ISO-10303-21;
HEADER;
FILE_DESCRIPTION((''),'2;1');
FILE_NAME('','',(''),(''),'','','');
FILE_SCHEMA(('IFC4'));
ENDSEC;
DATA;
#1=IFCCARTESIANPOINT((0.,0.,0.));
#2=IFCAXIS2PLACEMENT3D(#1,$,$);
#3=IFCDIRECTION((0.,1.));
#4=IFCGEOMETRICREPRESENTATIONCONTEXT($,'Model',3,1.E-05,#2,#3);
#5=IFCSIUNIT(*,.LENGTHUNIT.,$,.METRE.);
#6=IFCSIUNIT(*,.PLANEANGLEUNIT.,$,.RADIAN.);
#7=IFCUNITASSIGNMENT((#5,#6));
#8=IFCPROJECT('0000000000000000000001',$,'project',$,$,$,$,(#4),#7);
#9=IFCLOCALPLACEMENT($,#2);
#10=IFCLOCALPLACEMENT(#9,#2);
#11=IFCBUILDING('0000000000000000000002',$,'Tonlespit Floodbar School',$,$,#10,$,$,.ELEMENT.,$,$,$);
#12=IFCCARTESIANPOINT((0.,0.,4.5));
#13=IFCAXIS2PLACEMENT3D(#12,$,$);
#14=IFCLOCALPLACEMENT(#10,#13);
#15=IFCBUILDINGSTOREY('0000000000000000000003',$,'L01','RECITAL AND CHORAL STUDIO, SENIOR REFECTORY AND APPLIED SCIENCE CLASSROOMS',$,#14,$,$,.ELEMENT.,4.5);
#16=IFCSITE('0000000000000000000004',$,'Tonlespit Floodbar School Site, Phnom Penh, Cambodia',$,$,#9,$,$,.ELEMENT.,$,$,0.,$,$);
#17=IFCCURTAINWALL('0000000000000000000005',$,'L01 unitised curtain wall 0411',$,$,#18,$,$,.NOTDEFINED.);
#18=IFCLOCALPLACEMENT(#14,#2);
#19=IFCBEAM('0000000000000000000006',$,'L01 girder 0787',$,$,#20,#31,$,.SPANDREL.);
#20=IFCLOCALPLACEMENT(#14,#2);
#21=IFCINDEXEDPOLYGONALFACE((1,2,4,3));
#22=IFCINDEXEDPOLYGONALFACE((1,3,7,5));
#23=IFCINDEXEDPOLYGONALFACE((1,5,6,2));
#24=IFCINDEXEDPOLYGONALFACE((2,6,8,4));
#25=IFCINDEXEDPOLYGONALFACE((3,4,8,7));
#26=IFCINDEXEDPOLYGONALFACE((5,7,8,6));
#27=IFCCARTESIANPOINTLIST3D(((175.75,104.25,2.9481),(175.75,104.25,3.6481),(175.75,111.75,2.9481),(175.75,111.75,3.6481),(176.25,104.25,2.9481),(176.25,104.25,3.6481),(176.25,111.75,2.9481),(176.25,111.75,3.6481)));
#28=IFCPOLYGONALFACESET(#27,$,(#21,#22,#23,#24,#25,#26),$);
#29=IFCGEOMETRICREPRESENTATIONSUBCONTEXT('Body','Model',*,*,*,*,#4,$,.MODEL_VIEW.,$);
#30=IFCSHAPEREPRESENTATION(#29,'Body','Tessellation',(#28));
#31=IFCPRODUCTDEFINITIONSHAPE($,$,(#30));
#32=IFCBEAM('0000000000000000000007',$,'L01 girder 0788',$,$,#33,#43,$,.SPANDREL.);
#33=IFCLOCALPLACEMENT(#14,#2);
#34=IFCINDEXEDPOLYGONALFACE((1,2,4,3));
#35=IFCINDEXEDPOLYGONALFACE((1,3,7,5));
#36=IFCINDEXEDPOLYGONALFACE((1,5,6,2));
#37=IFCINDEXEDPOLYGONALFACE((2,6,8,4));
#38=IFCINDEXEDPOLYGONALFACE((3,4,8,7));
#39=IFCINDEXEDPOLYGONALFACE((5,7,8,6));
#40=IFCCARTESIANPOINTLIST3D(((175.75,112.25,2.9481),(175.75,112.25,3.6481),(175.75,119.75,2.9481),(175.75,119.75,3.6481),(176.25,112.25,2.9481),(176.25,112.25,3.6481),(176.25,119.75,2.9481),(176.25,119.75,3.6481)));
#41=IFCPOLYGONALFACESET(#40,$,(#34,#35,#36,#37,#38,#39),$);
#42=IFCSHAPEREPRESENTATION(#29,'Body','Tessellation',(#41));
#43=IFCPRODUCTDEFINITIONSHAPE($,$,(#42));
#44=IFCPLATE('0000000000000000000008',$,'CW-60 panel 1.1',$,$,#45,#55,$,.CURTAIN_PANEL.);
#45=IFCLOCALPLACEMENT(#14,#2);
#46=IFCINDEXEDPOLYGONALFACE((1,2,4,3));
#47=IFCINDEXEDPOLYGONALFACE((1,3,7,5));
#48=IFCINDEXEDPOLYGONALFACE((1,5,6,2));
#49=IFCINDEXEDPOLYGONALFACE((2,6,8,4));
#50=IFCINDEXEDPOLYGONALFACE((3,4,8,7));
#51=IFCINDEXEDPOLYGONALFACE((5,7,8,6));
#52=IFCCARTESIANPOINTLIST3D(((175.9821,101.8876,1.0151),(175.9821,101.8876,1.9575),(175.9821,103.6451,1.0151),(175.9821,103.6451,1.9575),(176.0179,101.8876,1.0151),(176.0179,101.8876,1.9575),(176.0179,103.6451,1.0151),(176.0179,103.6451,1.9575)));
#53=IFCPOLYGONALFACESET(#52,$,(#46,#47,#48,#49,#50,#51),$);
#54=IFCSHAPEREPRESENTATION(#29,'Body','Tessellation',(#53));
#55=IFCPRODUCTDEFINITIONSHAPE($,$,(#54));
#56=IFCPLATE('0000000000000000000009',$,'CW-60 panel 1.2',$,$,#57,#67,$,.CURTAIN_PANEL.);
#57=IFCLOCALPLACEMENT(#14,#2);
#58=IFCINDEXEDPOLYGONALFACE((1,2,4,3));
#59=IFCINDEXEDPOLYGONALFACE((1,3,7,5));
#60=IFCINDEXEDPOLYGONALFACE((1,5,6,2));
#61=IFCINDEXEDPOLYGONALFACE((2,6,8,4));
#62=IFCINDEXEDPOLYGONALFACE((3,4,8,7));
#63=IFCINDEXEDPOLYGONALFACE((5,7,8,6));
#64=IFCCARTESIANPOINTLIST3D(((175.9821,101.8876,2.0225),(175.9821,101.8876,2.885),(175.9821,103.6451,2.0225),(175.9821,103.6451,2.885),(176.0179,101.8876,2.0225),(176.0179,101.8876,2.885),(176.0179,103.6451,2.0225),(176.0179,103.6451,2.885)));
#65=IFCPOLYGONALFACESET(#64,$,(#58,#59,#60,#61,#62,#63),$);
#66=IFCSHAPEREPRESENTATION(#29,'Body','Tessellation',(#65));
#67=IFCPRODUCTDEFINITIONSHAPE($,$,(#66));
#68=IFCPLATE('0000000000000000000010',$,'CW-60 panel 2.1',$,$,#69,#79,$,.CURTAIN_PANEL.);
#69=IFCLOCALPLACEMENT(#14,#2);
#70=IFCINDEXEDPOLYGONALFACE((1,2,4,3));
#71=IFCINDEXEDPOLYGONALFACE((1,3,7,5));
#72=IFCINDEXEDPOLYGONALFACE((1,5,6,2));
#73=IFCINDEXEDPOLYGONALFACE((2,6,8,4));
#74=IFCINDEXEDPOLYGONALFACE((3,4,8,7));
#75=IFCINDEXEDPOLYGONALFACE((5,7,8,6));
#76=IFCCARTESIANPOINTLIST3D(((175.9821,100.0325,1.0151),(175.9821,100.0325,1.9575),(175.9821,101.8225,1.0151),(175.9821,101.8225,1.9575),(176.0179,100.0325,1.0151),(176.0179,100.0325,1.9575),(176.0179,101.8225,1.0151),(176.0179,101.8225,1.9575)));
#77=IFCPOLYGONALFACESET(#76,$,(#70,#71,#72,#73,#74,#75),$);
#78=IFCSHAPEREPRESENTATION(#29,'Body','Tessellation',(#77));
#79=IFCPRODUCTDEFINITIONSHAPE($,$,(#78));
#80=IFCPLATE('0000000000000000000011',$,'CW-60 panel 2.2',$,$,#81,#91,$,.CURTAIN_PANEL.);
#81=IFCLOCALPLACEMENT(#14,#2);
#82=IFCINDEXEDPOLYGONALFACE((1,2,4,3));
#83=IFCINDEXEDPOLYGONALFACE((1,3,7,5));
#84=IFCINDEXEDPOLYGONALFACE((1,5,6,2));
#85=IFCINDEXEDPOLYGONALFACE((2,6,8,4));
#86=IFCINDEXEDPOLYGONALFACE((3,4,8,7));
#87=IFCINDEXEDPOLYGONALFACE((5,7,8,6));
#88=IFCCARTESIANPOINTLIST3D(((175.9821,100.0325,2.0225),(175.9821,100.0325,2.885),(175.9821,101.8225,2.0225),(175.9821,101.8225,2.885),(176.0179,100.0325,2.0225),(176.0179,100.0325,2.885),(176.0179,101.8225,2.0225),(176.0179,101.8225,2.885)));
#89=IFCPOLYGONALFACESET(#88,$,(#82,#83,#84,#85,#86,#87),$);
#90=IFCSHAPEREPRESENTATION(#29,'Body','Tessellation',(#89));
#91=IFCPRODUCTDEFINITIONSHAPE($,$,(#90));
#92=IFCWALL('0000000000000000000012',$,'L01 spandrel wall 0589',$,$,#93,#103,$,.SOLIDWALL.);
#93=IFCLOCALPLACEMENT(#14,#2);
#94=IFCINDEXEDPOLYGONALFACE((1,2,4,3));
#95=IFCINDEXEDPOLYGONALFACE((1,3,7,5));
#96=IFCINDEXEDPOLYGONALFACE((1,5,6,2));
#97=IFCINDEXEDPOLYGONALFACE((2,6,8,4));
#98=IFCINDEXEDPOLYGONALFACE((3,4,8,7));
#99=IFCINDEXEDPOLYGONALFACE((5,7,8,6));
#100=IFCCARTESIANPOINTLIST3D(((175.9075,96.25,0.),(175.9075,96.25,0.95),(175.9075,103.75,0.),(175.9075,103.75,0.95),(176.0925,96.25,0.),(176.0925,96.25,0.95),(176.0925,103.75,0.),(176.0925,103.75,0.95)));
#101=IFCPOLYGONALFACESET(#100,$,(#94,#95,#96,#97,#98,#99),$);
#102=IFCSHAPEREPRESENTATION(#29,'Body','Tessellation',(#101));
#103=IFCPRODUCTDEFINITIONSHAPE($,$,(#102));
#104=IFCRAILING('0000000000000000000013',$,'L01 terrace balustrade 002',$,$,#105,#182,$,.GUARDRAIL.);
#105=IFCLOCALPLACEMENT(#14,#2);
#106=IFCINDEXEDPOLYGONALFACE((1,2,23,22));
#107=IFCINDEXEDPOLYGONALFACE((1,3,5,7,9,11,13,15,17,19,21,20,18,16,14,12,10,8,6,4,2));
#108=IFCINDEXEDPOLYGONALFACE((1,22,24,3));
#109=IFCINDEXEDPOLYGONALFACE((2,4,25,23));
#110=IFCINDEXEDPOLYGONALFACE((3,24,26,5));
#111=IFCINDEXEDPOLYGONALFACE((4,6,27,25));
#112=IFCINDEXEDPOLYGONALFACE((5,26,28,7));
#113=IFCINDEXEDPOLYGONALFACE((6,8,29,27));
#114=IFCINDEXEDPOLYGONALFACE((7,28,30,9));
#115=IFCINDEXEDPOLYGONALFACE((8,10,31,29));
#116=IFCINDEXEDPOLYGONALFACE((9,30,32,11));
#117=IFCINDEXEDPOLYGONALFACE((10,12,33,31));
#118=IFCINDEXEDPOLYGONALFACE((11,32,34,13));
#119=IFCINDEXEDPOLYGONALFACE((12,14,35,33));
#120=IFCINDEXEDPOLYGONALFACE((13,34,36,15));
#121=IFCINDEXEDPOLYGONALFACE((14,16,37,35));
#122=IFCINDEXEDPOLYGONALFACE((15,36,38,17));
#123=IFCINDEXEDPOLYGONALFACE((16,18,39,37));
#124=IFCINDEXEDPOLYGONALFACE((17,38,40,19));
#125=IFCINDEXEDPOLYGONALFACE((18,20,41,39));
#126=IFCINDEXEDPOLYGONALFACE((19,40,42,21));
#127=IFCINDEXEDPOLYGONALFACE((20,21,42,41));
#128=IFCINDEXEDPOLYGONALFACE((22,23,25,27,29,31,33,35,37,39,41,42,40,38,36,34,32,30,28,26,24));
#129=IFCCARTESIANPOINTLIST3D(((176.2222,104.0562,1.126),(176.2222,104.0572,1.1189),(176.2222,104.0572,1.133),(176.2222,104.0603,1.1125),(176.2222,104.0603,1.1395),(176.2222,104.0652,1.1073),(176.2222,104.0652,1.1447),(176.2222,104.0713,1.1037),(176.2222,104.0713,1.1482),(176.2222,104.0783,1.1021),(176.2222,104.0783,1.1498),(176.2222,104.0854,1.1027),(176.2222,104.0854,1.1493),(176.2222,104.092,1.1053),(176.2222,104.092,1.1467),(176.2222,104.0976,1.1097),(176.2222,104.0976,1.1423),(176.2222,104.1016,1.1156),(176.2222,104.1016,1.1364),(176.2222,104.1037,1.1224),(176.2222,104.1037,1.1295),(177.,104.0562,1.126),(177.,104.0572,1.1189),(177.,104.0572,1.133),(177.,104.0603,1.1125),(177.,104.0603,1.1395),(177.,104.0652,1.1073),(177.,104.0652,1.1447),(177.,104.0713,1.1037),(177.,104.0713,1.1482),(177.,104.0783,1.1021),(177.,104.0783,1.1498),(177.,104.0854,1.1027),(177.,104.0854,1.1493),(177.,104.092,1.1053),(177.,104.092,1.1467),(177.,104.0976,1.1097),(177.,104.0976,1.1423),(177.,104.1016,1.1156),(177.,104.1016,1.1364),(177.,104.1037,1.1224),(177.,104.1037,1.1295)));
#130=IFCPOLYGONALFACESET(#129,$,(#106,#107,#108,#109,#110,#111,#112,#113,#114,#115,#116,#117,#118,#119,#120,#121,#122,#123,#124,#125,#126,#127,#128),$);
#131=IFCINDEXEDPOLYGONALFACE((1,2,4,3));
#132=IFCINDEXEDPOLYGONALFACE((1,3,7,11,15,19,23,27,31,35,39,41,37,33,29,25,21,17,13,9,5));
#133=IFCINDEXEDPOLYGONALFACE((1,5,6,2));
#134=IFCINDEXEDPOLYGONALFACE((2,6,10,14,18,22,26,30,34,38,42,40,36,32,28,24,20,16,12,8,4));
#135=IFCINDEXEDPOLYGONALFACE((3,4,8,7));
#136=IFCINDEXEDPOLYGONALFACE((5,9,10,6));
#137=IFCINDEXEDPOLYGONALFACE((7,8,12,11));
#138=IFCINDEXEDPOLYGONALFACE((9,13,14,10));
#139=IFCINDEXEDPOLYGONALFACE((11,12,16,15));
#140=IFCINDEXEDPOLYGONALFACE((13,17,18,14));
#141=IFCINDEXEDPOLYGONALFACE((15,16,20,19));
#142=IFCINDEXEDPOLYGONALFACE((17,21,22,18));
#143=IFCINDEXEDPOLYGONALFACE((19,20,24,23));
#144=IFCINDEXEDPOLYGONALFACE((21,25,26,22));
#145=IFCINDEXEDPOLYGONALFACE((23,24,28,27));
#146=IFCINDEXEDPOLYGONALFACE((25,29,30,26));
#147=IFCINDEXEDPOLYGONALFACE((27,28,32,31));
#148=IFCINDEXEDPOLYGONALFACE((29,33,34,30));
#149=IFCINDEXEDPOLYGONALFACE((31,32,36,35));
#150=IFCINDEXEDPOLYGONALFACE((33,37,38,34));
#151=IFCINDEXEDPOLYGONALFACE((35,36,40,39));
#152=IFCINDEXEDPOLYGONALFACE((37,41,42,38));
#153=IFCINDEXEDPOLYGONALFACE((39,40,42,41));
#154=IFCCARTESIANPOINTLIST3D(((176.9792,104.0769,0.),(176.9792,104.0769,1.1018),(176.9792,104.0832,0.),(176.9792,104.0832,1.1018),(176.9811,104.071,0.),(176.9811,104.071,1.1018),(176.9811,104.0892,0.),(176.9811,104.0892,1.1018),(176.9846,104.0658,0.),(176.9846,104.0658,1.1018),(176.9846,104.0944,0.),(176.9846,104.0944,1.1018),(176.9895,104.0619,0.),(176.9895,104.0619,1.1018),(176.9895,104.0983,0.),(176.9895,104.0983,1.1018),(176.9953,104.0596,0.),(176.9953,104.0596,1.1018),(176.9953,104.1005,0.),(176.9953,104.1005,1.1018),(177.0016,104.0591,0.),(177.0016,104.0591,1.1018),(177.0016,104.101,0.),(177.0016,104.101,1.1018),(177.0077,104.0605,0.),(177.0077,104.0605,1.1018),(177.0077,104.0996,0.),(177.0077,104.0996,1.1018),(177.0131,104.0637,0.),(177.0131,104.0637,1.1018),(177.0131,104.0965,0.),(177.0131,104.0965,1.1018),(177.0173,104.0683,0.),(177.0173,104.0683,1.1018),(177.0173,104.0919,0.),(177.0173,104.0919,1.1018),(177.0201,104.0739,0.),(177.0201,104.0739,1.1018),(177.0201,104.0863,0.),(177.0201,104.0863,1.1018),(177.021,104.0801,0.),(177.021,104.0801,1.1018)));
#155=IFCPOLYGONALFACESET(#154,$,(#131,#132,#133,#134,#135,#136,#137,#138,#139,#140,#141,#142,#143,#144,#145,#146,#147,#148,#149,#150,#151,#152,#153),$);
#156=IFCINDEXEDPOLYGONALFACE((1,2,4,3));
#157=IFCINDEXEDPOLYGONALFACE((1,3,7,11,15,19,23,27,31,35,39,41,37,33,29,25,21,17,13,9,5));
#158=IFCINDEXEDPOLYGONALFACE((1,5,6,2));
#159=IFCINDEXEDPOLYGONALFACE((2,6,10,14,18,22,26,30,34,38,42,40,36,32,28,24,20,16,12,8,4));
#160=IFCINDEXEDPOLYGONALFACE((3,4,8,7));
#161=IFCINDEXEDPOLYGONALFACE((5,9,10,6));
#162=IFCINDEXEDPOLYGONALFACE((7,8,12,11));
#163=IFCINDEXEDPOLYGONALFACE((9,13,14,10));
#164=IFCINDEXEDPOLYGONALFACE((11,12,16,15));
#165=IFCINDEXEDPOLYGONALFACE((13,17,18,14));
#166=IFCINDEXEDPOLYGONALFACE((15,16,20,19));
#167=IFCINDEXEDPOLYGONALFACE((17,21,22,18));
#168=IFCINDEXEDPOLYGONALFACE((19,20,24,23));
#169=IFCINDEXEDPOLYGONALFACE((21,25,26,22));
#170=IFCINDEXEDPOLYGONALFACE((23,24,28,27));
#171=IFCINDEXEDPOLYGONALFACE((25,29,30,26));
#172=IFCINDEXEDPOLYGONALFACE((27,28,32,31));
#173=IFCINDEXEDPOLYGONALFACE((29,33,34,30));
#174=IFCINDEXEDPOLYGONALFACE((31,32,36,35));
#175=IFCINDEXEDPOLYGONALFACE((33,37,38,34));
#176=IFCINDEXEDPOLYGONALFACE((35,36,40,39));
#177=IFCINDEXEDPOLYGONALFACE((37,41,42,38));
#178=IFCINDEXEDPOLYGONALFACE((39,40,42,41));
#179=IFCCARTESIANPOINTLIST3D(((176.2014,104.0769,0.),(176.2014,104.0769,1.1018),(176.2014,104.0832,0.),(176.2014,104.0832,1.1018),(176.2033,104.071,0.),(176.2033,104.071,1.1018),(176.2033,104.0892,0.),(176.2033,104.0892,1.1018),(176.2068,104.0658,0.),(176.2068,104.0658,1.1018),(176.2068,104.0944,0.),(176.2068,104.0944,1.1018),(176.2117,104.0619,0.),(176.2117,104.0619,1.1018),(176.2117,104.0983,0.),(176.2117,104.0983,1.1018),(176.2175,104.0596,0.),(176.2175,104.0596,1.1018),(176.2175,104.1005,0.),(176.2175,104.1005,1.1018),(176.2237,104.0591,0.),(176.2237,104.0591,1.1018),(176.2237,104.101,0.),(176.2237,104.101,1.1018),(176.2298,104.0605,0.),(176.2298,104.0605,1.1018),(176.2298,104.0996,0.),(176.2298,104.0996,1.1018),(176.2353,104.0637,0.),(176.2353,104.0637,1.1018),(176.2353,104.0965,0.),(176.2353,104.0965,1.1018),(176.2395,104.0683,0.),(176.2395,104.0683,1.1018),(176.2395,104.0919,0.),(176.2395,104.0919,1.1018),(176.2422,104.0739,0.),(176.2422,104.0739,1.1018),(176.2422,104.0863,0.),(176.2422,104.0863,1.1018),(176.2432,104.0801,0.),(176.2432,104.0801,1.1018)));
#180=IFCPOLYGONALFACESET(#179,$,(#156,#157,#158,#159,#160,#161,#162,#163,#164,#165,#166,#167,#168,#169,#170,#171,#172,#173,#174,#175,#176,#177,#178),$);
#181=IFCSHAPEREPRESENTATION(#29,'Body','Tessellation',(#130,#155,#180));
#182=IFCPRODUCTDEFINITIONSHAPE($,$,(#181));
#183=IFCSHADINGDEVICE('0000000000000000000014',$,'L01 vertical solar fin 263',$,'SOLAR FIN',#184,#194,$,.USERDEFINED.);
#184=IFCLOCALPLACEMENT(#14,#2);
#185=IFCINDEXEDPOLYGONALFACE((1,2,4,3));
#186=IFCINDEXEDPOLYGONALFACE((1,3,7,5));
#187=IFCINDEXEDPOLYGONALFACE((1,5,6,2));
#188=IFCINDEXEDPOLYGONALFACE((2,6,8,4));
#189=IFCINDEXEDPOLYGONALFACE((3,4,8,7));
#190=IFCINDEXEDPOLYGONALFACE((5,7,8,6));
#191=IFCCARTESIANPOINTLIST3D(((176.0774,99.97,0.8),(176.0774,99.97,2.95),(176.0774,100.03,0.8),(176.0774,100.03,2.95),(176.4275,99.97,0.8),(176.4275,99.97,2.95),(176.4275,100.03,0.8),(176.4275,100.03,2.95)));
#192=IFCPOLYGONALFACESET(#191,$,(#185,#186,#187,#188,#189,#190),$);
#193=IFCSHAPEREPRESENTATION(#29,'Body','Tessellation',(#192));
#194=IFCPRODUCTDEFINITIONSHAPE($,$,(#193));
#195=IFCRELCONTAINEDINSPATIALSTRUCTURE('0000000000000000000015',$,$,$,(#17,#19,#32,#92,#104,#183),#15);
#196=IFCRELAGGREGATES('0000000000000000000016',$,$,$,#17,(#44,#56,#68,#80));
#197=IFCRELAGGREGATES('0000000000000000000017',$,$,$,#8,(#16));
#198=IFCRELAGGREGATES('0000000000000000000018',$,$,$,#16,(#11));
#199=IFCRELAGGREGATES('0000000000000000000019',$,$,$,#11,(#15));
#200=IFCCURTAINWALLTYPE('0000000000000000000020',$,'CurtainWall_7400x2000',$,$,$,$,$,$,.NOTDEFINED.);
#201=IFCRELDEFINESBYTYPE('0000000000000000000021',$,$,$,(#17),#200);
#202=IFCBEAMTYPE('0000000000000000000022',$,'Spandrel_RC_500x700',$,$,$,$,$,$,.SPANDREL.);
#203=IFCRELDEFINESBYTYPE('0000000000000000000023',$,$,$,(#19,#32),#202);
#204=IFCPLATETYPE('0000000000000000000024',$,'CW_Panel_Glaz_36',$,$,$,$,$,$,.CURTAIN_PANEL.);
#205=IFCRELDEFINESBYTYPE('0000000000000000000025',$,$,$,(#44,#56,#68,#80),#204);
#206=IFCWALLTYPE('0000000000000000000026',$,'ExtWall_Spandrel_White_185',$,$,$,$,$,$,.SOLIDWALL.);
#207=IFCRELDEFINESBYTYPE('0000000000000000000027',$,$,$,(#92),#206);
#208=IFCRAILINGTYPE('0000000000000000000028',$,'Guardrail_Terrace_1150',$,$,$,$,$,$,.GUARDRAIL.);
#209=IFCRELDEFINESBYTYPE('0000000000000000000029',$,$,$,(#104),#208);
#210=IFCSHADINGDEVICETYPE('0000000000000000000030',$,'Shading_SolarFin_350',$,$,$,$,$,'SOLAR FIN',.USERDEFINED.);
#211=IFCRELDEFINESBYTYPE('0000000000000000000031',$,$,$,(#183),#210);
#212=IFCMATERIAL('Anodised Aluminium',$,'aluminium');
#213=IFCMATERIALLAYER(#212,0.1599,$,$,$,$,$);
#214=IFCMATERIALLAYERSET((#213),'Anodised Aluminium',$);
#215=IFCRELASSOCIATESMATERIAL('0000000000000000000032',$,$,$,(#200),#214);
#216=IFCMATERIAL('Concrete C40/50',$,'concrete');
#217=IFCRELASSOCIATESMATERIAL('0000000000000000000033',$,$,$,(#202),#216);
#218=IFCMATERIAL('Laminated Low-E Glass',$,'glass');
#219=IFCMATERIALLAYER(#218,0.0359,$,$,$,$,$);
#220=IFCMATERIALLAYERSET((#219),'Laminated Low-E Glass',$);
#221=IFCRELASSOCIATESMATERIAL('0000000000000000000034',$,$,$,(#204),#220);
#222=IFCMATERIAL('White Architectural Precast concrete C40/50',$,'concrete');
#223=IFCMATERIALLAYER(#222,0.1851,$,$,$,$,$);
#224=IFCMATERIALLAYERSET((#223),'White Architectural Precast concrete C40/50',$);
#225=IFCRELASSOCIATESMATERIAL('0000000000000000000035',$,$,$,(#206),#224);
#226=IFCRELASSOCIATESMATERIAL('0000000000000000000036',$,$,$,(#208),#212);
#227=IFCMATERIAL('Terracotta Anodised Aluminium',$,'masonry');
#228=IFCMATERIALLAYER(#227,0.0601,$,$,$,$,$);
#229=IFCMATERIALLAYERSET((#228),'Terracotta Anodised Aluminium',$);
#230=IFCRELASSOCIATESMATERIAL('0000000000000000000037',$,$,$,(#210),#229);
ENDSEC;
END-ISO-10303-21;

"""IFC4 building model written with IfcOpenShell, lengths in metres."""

from ifc_helpers import new_model, si_unit, direction, frame, frame_2d, origin, origin_2d, place, context, subcontext, project, spatial, rectangle, circle, extrude, material, layer, layer_set, material_profile, profile_set, type_object, element, aggregate, save


model = new_model("IFC4")

# Units and contexts
model_context = context("Model", 3, precision=1e-05, world=origin(), true_north=direction((0.0, 1.0)))
body_context = subcontext(model_context, "Body", "Model", "MODEL_VIEW")
ifc_project = project(units=[si_unit("LENGTHUNIT", "METRE"), si_unit("PLANEANGLEUNIT", "RADIAN")], contexts=[model_context])

# Site, building, storey
site_placement = place(None, origin())
site = spatial("IfcSite", under=ifc_project, at=site_placement, Name="Tonlespit Floodbar School Site, Phnom Penh, Cambodia", CompositionType="ELEMENT", RefElevation=0.0)
building_placement = place(site_placement, origin())
building = spatial("IfcBuilding", under=site, at=building_placement, Name="Tonlespit Floodbar School", CompositionType="ELEMENT")
storey_placement = place(building_placement, frame((0.0, 0.0, 4.5)))
storey = spatial("IfcBuildingStorey", under=building, at=storey_placement, Name="L01", Description="RECITAL AND CHORAL STUDIO, SENIOR REFECTORY AND APPLIED SCIENCE CLASSROOMS", CompositionType="ELEMENT", Elevation=4.5)

# Shared definitions
ifc_material_1 = material(Name="Concrete C40/50", Category="concrete")

# Shared definitions
ifc_material_2 = material(Name="Anodised Aluminium", Category="aluminium")
ifc_layer_1 = layer(ifc_material_2, 0.1599)
ifc_layer_set_1 = layer_set([ifc_layer_1], Name="Anodised Aluminium")
curtain_wall_type = type_object("IfcCurtainWallType", Name="CurtainWall_7400x2000", PredefinedType="NOTDEFINED", material=ifc_layer_set_1)

# Curtain wall
curtain_wall_1_placement = place(storey_placement, origin())
curtain_wall_1 = element("IfcCurtainWall", 1, at=curtain_wall_1_placement, inside=storey, type_object=curtain_wall_type, Name="L01 unitised curtain wall 0411", PredefinedType="NOTDEFINED")

# Beams
ifc_material_profile_1 = material_profile(ifc_material_1, rectangle(XDim=0.5, YDim=0.7, at=origin_2d()), Name="RC 500x700")
ifc_profile_set_1 = profile_set([ifc_material_profile_1], Name="Concrete C40/50")
beam_type_1 = type_object("IfcBeamType", Name="Spandrel_RC_500x700", PredefinedType="SPANDREL", material=ifc_profile_set_1)
for number, where, z_axis, x_axis, name in (
    (2, (176.0, 104.25, 3.2981), (0.0, 1.0, 0.0), (-1.0, 0.0, 0.0), "L01 girder 0787"),
    (3, (176.0, 112.25, 3.2981), (0.0, 1.0, 0.0), (-1.0, 0.0, 0.0), "L01 girder 0788"),
):
    element("IfcBeam", number, at=place(storey_placement, frame(where, z_axis=z_axis, x_axis=x_axis)), inside=storey, type_object=beam_type_1, Name=name, PredefinedType="SPANDREL", context=body_context, shape_type="SweptSolid", body=[
        extrude(rectangle(XDim=0.5, YDim=0.7, at=origin_2d()), origin(), (0.0, 0.0, 1.0), 7.5),
    ])

# Plates
ifc_material_3 = material(Name="Laminated Low-E Glass", Category="glass")
ifc_layer_2 = layer(ifc_material_3, 0.0359)
ifc_layer_set_2 = layer_set([ifc_layer_2], Name="Laminated Low-E Glass")
plate_type = type_object("IfcPlateType", Name="CW_Panel_Glaz_36", PredefinedType="CURTAIN_PANEL", material=ifc_layer_set_2)
plate_1_placement = place(storey_placement, frame((176.0, 102.7664, 1.0151), z_axis=(0.0, 0.0, 1.0), x_axis=(0.0, -1.0, 0.0)))
plate_1 = element("IfcPlate", 4, at=plate_1_placement, type_object=plate_type, Name="CW-60 panel 1.1", PredefinedType="CURTAIN_PANEL", context=body_context, shape_type="SweptSolid", body=[
    extrude(rectangle(XDim=1.7576, YDim=0.0359, at=origin_2d()), origin(), (0.0, 0.0, 1.0), 0.9424),
])
plate_2_placement = place(storey_placement, frame((176.0, 102.7664, 2.0225), z_axis=(0.0, 0.0, 1.0), x_axis=(0.0, -1.0, 0.0)))
plate_2 = element("IfcPlate", 5, at=plate_2_placement, type_object=plate_type, Name="CW-60 panel 1.2", PredefinedType="CURTAIN_PANEL", context=body_context, shape_type="SweptSolid", body=[
    extrude(rectangle(XDim=1.7576, YDim=0.0359, at=origin_2d()), origin(), (0.0, 0.0, 1.0), 0.8625),
])
plate_3_placement = place(storey_placement, frame((176.0, 100.9275, 1.0151), z_axis=(0.0, 0.0, 1.0), x_axis=(0.0, -1.0, 0.0)))
plate_3 = element("IfcPlate", 6, at=plate_3_placement, type_object=plate_type, Name="CW-60 panel 2.1", PredefinedType="CURTAIN_PANEL", context=body_context, shape_type="SweptSolid", body=[
    extrude(rectangle(XDim=1.79, YDim=0.0359, at=origin_2d()), origin(), (0.0, 0.0, 1.0), 0.9424),
])
plate_4_placement = place(storey_placement, frame((176.0, 100.9275, 2.0225), z_axis=(0.0, 0.0, 1.0), x_axis=(0.0, -1.0, 0.0)))
plate_4 = element("IfcPlate", 7, at=plate_4_placement, type_object=plate_type, Name="CW-60 panel 2.2", PredefinedType="CURTAIN_PANEL", context=body_context, shape_type="SweptSolid", body=[
    extrude(rectangle(XDim=1.79, YDim=0.0359, at=origin_2d()), origin(), (0.0, 0.0, 1.0), 0.8625),
])
aggregate(curtain_wall_1, [plate_1, plate_2, plate_3, plate_4])

# Wall
ifc_material_4 = material(Name="White Architectural Precast concrete C40/50", Category="concrete")
ifc_layer_3 = layer(ifc_material_4, 0.1851)
ifc_layer_set_3 = layer_set([ifc_layer_3], Name="White Architectural Precast concrete C40/50")
wall_type_1 = type_object("IfcWallType", Name="ExtWall_Spandrel_White_185", PredefinedType="SOLIDWALL", material=ifc_layer_set_3)
wall_1_placement = place(storey_placement, frame((176.0, 103.75, 0.0), z_axis=(0.0, 0.0, 1.0), x_axis=(0.0, -1.0, 0.0)))
element("IfcWall", 8, at=wall_1_placement, inside=storey, type_object=wall_type_1, Name="L01 spandrel wall 0589", PredefinedType="SOLIDWALL", context=body_context, shape_type="SweptSolid", body=[
    extrude(rectangle(XDim=7.5, YDim=0.1851, at=frame_2d((3.75, 0.0))), origin(), (0.0, 0.0, 1.0), 0.95),
])

# Railing
railing_type = type_object("IfcRailingType", Name="Guardrail_Terrace_1150", PredefinedType="GUARDRAIL", material=ifc_material_2)
railing_placement = place(storey_placement, frame((177.0, 104.0801, 0.0)))
element("IfcRailing", 9, at=railing_placement, inside=storey, type_object=railing_type, Name="L01 terrace balustrade 002", PredefinedType="GUARDRAIL", context=body_context, shape_type="SweptSolid", body=[
    extrude(circle(Radius=0.0239, at=origin_2d()), frame((0.0, 0.0, 1.126), z_axis=(-1.0, 0.0, 0.0), x_axis=(0.0, -1.0, 0.0)), (0.0, 0.0, 1.0), 0.7778),
    extrude(circle(Radius=0.021, at=origin_2d()), origin(), (0.0, 0.0, 1.0), 1.1018),
    extrude(circle(Radius=0.021, at=origin_2d()), frame((-0.7778, 0.0, 0.0)), (0.0, 0.0, 1.0), 1.1018),
])

# Shading device
ifc_material_5 = material(Name="Terracotta Anodised Aluminium", Category="masonry")
ifc_layer_4 = layer(ifc_material_5, 0.0601)
ifc_layer_set_4 = layer_set([ifc_layer_4], Name="Terracotta Anodised Aluminium")
shading_device_type = type_object("IfcShadingDeviceType", Name="Shading_SolarFin_350", ElementType="SOLAR FIN", PredefinedType="USERDEFINED", material=ifc_layer_set_4)
shading_device_placement = place(storey_placement, frame((176.2524, 100.0, 0.8), z_axis=(0.0, 0.0, 1.0), x_axis=(0.0, -1.0, 0.0)))
element("IfcShadingDevice", 10, at=shading_device_placement, inside=storey, type_object=shading_device_type, Name="L01 vertical solar fin 263", ObjectType="SOLAR FIN", PredefinedType="USERDEFINED", context=body_context, shape_type="SweptSolid", body=[
    extrude(rectangle(XDim=0.0601, YDim=0.3501, at=origin_2d()), origin(), (0.0, 0.0, 1.0), 2.1499),
])

save(model, "model.ifc")
